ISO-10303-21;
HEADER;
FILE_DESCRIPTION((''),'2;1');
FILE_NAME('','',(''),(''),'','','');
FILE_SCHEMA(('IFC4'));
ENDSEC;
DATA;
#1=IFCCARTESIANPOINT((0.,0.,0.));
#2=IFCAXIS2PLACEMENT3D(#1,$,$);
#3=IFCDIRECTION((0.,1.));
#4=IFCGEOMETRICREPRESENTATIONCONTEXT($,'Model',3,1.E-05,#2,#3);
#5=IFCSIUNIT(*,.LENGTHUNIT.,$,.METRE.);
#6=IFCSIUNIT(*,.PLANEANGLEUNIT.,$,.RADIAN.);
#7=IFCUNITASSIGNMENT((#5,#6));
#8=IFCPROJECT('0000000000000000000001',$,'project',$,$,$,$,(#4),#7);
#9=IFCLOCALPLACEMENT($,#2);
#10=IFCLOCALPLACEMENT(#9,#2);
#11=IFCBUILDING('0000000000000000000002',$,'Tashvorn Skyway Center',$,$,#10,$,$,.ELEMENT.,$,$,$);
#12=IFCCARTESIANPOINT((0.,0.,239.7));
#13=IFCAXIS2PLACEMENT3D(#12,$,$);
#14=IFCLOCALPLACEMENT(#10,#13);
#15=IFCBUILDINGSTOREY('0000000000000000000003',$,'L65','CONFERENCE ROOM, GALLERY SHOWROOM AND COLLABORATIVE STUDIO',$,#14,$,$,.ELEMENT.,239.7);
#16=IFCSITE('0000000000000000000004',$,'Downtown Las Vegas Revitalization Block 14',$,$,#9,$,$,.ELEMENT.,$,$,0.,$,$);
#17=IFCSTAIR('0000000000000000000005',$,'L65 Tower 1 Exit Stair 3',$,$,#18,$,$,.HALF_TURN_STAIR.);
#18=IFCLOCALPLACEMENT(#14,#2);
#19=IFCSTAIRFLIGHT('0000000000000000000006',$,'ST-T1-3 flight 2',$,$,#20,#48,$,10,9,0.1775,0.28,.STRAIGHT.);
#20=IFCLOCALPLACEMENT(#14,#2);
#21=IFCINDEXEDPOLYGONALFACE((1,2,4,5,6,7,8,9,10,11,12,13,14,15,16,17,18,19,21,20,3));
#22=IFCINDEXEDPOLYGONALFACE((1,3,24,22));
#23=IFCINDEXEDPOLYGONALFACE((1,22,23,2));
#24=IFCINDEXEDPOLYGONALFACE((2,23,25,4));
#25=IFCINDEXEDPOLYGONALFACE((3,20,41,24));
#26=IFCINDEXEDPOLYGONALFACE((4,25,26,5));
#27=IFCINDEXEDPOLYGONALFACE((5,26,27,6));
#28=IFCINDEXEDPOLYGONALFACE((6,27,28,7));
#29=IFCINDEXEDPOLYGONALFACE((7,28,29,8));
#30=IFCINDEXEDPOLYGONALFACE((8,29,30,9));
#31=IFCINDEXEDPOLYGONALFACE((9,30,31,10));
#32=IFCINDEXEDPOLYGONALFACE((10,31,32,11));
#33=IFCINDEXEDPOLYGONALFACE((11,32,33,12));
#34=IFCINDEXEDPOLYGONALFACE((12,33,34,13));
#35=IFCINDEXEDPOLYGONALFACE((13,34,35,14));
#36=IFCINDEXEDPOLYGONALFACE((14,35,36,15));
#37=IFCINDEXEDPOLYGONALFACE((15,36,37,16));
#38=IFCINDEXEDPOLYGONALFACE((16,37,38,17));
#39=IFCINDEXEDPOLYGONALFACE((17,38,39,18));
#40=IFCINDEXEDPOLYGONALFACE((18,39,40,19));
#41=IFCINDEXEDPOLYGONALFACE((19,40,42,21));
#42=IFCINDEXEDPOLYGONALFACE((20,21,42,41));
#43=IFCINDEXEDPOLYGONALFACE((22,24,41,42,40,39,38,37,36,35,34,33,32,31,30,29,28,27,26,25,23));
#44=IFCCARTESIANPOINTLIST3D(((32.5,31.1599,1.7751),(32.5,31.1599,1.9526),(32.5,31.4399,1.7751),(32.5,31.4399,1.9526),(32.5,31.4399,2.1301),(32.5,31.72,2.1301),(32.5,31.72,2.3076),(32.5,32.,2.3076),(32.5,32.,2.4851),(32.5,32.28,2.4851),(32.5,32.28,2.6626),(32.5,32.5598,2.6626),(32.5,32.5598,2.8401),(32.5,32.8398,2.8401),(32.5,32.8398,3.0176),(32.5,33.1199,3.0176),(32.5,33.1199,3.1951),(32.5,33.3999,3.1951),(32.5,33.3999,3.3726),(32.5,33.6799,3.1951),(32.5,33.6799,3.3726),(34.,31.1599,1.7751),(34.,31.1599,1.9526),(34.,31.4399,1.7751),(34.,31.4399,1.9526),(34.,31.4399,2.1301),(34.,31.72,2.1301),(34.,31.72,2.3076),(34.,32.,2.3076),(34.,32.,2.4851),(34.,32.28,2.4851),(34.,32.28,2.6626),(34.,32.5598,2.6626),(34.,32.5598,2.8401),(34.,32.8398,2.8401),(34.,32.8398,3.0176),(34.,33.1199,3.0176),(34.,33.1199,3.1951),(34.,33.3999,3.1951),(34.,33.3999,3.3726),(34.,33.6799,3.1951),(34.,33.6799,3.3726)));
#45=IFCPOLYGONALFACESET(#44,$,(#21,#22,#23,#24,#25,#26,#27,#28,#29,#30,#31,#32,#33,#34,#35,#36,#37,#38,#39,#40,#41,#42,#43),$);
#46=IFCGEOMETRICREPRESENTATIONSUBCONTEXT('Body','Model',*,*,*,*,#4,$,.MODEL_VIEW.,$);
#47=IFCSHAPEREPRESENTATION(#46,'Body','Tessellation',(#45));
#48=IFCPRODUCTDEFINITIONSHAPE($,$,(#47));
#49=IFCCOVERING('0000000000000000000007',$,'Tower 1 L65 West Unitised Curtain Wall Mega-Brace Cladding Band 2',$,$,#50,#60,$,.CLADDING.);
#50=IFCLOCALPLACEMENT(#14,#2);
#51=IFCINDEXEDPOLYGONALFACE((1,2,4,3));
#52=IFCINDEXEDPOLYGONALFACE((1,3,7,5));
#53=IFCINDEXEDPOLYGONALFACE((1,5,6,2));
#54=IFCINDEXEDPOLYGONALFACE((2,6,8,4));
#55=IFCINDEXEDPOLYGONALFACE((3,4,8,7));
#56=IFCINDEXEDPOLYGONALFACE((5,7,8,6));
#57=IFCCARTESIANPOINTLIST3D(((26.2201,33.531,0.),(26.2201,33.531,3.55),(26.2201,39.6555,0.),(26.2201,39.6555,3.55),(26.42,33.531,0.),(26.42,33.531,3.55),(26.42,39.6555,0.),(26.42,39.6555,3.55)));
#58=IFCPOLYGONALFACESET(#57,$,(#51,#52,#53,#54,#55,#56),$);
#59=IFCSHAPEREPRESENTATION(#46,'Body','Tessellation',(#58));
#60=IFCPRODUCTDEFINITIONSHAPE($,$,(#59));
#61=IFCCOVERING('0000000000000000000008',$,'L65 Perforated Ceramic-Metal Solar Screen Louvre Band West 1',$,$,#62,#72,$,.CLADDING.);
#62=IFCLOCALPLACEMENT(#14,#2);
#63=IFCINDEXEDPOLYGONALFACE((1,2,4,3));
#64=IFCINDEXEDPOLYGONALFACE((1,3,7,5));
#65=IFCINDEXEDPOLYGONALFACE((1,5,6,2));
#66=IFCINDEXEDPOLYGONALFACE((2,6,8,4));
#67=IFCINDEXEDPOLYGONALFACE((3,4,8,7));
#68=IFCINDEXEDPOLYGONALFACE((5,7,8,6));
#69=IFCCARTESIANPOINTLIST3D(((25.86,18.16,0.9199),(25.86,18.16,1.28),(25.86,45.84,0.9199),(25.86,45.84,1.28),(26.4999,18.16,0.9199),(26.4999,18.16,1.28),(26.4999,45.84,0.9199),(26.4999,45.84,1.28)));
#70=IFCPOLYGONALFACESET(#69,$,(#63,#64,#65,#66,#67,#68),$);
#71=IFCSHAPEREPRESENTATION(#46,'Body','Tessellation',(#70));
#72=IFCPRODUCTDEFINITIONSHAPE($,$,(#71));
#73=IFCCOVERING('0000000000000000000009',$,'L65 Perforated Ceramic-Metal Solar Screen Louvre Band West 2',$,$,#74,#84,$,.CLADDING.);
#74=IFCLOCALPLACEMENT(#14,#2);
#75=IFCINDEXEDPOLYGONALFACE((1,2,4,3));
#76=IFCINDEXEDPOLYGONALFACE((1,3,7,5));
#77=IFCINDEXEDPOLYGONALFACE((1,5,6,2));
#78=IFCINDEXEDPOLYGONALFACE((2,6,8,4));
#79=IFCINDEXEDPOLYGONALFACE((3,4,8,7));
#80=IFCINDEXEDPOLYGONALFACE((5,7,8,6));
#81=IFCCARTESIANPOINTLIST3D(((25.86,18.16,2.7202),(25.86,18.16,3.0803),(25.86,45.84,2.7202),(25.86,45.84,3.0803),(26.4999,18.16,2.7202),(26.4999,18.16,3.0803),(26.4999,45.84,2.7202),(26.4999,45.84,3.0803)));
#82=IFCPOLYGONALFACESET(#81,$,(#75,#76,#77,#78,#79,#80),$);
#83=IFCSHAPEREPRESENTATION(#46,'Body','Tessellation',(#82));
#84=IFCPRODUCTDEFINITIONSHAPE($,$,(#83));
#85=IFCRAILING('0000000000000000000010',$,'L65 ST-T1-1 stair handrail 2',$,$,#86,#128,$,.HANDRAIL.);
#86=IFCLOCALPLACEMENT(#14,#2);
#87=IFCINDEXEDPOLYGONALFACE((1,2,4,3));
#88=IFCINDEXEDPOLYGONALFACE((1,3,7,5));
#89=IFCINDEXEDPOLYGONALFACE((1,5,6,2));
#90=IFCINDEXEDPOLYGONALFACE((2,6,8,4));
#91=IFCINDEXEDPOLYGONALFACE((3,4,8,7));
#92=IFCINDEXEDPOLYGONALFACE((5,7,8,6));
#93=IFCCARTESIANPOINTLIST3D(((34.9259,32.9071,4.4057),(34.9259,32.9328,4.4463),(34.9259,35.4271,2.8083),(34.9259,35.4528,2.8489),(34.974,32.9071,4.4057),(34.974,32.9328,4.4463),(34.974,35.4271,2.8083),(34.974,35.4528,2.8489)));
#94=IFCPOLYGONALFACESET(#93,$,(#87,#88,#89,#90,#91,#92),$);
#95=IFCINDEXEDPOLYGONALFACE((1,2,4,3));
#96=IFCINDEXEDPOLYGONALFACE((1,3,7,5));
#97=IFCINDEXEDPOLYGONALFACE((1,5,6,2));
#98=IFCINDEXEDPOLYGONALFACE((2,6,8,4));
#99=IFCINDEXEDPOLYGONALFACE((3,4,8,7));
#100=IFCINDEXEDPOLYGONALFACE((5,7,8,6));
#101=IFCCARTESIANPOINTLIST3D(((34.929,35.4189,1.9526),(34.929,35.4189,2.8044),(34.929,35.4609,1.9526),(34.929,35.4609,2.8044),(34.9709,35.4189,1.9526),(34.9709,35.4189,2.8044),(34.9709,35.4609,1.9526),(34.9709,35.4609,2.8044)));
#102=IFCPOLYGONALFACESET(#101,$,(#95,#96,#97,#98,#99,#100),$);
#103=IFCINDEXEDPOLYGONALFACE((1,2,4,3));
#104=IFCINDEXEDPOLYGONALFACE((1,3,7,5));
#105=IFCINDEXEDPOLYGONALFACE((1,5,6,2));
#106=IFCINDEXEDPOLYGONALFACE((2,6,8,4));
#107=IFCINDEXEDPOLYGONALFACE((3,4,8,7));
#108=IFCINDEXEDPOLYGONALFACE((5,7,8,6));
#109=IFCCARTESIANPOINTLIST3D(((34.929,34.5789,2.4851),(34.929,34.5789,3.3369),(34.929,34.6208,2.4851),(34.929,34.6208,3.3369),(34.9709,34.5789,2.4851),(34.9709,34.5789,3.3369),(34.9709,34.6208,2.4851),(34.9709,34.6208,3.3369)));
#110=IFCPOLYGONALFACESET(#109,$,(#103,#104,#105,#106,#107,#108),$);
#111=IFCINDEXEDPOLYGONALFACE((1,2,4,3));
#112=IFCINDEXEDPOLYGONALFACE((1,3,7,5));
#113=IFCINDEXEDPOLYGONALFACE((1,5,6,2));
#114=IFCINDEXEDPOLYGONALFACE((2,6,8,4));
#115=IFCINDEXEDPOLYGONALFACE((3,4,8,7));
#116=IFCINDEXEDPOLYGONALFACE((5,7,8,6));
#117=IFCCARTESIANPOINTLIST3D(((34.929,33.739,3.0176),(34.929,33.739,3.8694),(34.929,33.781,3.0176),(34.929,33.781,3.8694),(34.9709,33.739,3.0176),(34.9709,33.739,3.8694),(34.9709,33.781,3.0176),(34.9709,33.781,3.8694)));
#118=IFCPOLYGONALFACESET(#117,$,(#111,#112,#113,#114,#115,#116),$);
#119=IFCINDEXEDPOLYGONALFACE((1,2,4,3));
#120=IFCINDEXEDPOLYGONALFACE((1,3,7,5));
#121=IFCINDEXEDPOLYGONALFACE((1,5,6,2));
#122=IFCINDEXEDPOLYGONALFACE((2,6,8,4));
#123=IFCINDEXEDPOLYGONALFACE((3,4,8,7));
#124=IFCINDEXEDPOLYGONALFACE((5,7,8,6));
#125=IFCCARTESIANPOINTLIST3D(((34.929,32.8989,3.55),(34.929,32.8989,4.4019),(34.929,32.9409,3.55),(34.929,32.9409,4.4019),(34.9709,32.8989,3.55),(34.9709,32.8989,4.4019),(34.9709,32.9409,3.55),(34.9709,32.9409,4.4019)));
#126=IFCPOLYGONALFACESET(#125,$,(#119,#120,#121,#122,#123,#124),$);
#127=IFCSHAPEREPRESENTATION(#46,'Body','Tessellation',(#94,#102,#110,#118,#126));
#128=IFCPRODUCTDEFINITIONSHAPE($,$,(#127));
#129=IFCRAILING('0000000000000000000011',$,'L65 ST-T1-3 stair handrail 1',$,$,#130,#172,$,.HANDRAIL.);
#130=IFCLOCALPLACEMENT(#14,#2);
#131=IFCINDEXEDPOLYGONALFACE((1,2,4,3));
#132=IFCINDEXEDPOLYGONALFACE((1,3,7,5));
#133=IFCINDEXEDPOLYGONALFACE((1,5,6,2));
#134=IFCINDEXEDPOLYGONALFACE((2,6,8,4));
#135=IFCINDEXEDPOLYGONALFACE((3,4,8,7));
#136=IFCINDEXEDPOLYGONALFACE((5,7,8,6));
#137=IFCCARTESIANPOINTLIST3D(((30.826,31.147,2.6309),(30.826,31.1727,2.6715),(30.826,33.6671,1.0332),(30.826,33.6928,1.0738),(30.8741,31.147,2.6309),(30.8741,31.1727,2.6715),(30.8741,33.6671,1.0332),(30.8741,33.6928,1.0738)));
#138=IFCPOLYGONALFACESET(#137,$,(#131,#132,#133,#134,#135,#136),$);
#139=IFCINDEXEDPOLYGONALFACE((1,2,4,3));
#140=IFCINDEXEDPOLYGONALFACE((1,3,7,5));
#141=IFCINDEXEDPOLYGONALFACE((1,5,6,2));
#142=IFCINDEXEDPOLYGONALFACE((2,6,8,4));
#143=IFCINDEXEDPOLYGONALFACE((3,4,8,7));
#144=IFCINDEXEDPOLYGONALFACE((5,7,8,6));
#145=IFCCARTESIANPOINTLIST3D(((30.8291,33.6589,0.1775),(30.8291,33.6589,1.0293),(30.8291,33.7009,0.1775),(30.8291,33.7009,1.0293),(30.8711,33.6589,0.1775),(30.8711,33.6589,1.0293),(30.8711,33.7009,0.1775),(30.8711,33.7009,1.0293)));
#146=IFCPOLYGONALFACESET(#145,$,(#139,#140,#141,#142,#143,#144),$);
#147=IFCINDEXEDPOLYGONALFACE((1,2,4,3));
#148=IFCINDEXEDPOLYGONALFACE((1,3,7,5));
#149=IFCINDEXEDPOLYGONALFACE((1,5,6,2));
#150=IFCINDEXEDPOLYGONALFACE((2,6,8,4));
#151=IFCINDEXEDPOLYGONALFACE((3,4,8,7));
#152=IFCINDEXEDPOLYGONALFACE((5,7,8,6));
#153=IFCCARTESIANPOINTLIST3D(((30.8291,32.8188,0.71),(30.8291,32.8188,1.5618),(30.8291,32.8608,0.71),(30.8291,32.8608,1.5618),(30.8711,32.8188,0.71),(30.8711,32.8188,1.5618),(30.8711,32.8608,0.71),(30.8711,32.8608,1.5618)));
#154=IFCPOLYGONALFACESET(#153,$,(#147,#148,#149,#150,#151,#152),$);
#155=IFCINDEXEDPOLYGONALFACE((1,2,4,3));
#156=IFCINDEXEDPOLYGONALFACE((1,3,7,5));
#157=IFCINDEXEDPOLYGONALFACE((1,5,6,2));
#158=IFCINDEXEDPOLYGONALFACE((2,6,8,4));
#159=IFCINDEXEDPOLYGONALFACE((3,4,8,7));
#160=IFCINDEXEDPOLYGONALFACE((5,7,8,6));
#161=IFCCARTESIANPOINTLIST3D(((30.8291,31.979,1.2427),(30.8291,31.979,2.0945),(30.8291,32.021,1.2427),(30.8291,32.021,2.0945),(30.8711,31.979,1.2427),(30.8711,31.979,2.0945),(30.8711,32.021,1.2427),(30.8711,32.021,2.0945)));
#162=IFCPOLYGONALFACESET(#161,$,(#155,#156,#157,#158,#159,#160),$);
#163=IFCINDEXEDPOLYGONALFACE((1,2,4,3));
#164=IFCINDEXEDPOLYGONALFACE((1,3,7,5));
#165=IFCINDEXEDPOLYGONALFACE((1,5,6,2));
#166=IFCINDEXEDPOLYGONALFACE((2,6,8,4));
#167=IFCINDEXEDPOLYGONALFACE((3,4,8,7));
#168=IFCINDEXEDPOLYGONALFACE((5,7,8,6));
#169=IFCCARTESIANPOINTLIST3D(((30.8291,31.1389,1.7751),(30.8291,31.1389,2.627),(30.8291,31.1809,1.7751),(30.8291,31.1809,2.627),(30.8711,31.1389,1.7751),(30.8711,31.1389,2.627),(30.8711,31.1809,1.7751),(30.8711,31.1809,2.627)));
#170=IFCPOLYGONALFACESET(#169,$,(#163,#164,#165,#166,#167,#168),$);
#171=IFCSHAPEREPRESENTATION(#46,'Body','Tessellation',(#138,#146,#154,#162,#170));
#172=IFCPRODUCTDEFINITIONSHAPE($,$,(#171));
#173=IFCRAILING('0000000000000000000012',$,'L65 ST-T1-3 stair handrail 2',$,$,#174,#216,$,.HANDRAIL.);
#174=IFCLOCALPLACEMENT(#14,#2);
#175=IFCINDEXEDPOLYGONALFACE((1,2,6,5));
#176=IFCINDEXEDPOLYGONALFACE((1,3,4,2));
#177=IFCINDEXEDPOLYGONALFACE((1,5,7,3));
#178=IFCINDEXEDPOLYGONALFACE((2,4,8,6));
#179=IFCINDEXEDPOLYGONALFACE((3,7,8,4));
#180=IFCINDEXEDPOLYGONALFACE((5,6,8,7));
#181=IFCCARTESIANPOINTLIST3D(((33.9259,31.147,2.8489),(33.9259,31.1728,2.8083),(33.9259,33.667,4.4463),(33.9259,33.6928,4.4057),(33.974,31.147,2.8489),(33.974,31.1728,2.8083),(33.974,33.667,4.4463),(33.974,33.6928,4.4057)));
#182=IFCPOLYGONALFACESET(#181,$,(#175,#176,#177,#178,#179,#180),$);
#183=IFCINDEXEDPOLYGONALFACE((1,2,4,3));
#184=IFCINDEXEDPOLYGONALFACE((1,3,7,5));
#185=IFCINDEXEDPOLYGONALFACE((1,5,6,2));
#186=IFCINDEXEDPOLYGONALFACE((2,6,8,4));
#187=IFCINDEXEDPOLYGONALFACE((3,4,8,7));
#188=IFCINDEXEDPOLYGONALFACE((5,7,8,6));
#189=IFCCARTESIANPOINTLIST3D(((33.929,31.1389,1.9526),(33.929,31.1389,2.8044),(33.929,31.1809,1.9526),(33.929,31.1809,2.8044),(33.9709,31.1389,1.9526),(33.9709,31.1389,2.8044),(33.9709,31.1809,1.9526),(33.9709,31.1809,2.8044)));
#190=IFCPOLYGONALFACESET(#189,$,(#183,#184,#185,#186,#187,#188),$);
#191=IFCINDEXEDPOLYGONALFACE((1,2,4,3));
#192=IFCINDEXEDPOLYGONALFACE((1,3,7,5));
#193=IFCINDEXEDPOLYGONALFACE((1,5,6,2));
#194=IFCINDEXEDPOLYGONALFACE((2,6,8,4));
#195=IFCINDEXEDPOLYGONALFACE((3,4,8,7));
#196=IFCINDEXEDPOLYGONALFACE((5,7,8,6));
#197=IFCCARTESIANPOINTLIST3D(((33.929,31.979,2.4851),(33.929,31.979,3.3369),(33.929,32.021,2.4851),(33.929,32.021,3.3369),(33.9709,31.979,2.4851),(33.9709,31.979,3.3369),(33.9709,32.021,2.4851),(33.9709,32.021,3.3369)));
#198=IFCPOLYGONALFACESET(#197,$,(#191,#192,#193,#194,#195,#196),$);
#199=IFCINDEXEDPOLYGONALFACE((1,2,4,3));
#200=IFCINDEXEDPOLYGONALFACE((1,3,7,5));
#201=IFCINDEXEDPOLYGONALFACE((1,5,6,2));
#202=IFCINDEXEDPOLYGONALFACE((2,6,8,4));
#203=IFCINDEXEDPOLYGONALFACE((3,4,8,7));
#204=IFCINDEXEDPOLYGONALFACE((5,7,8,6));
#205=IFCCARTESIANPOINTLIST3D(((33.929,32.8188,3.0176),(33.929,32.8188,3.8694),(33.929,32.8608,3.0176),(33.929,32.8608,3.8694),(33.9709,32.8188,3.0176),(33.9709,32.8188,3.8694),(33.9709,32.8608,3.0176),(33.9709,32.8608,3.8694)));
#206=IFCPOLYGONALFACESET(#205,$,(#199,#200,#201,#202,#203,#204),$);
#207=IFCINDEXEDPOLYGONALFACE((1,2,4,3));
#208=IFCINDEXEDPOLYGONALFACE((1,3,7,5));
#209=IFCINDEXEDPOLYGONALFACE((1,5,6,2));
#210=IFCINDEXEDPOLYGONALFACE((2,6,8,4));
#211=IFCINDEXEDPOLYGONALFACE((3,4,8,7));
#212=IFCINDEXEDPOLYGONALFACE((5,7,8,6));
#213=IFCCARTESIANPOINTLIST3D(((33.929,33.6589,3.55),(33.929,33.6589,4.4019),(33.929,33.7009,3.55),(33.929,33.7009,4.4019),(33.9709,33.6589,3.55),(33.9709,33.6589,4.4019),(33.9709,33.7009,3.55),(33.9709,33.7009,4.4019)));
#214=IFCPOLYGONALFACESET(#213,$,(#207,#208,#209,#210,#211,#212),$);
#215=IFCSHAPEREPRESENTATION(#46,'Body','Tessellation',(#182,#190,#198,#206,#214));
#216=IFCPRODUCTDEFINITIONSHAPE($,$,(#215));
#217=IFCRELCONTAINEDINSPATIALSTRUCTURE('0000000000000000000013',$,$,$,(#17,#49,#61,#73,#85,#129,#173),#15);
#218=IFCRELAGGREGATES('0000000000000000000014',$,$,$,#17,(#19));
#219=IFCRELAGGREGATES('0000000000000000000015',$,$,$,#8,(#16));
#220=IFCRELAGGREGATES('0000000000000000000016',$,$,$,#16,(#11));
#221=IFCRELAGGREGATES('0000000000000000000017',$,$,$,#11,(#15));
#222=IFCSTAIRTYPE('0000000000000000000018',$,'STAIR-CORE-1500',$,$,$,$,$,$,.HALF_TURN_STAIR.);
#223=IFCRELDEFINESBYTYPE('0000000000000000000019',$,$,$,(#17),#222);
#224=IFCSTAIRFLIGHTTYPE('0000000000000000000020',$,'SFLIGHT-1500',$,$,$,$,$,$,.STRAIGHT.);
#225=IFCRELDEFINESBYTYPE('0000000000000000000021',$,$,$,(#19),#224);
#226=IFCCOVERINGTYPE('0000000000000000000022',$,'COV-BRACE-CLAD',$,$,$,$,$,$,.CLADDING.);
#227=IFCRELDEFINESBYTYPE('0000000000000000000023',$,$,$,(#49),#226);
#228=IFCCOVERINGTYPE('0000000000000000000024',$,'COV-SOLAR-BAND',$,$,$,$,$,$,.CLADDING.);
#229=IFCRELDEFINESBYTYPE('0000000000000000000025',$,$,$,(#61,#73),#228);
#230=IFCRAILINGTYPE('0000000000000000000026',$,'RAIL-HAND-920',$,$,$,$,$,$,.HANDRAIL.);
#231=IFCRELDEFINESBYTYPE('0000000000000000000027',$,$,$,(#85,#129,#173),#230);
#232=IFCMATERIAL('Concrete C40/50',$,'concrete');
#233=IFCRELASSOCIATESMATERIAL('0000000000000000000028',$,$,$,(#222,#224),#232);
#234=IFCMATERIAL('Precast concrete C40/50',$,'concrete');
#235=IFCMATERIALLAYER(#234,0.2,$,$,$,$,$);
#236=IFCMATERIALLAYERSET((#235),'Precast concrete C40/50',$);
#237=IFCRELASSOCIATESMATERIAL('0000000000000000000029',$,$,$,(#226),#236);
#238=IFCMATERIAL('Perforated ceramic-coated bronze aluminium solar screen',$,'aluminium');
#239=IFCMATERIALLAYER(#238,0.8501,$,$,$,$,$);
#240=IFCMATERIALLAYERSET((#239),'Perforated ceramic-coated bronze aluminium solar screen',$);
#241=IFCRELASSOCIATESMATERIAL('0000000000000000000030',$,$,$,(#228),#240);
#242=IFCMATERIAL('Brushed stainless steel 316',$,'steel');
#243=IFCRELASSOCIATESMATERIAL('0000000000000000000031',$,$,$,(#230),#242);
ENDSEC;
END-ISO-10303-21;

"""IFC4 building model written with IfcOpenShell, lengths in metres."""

from ifc_helpers import new_model, si_unit, direction, frame, origin, origin_2d, place, context, subcontext, project, spatial, polyline, rectangle, outline, extrude, material, layer, layer_set, type_object, element, aggregate, save


model = new_model("IFC4")

# Units and contexts
model_context = context("Model", 3, precision=1e-05, world=origin(), true_north=direction((0.0, 1.0)))
body_context = subcontext(model_context, "Body", "Model", "MODEL_VIEW")
ifc_project = project(units=[si_unit("LENGTHUNIT", "METRE"), si_unit("PLANEANGLEUNIT", "RADIAN")], contexts=[model_context])

# Site, building, storey
site_placement = place(None, origin())
site = spatial("IfcSite", under=ifc_project, at=site_placement, Name="Downtown Las Vegas Revitalization Block 14", CompositionType="ELEMENT", RefElevation=0.0)
building_placement = place(site_placement, origin())
building = spatial("IfcBuilding", under=site, at=building_placement, Name="Tashvorn Skyway Center", CompositionType="ELEMENT")
storey_placement = place(building_placement, frame((0.0, 0.0, 239.7)))
storey = spatial("IfcBuildingStorey", under=building, at=storey_placement, Name="L65", Description="CONFERENCE ROOM, GALLERY SHOWROOM AND COLLABORATIVE STUDIO", CompositionType="ELEMENT", Elevation=239.7)

# Shared definitions
ifc_material_1 = material(Name="Concrete C40/50", Category="concrete")

# Shared definitions
stair_type = type_object("IfcStairType", Name="STAIR-CORE-1500", PredefinedType="HALF_TURN_STAIR", material=ifc_material_1)
stair_flight_type = type_object("IfcStairFlightType", Name="SFLIGHT-1500", PredefinedType="STRAIGHT", material=ifc_material_1)

# Stair, stair flight
stair_1_placement = place(storey_placement, origin())
stair_1 = element("IfcStair", 1, at=stair_1_placement, inside=storey, type_object=stair_type, Name="L65 Tower 1 Exit Stair 3", PredefinedType="HALF_TURN_STAIR")
stair_flight_1_placement = place(storey_placement, frame((33.25, 31.1599, 1.7751), z_axis=(0.0, 0.0, 1.0), x_axis=(0.0, 1.0, 0.0)))
stair_flight_1 = element("IfcStairFlight", 2, at=stair_flight_1_placement, type_object=stair_flight_type, Name="ST-T1-3 flight 2", NumberOfRisers=10, NumberOfTreads=9, PredefinedType="STRAIGHT", RiserHeight=0.1775, TreadLength=0.28, context=body_context, shape_type="SweptSolid", body=[
    extrude(outline(polyline([(0.0, 0.0), (0.0, 0.1775), (0.28, 0.1775), (0.28, 0.355), (0.5601, 0.355), (0.5601, 0.5325), (0.8401, 0.5325), (0.8401, 0.71), (1.1201, 0.71), (1.1201, 0.8875), (1.3999, 0.8875), (1.3999, 1.0649), (1.6799, 1.0649), (1.6799, 1.2424), (1.96, 1.2424), (1.96, 1.4199), (2.24, 1.4199), (2.24, 1.5974), (2.52, 1.5974), (2.52, 1.7749), (2.52, 1.4199), (0.28, 0.0), (0.0, 0.0)])), frame((0.0, 0.75, 0.0), z_axis=(0.0, -1.0, 0.0), x_axis=(1.0, 0.0, 0.0)), (0.0, 0.0, 1.0), 1.5),
])
aggregate(stair_1, [stair_flight_1])

# Coverings
ifc_material_2 = material(Name="Precast concrete C40/50", Category="concrete")
ifc_layer_1 = layer(ifc_material_2, 0.2)
ifc_layer_set_1 = layer_set([ifc_layer_1], Name="Precast concrete C40/50")
covering_type_1 = type_object("IfcCoveringType", Name="COV-BRACE-CLAD", PredefinedType="CLADDING", material=ifc_layer_set_1)
covering_placement = place(storey_placement, frame((26.3201, 36.5933, 0.0), z_axis=(0.0, 0.0, 1.0), x_axis=(0.0, 1.0, 0.0)))
element("IfcCovering", 3, at=covering_placement, inside=storey, type_object=covering_type_1, Name="Tower 1 L65 West Unitised Curtain Wall Mega-Brace Cladding Band 2", PredefinedType="CLADDING", context=body_context, shape_type="SweptSolid", body=[
    extrude(rectangle(XDim=6.1245, YDim=0.2, at=origin_2d()), origin(), (0.0, 0.0, 1.0), 3.55),
])
ifc_material_3 = material(Name="Perforated ceramic-coated bronze aluminium solar screen", Category="aluminium")
ifc_layer_2 = layer(ifc_material_3, 0.8501)
ifc_layer_set_2 = layer_set([ifc_layer_2], Name="Perforated ceramic-coated bronze aluminium solar screen")
covering_type_2 = type_object("IfcCoveringType", Name="COV-SOLAR-BAND", PredefinedType="CLADDING", material=ifc_layer_set_2)
for number, where, z_axis, x_axis, name in (
    (4, (26.1799, 32.0, 0.9199), (0.0, 0.0, 1.0), (0.0, 1.0, 0.0), "L65 Perforated Ceramic-Metal Solar Screen Louvre Band West 1"),
    (5, (26.1799, 32.0, 2.7202), (0.0, 0.0, 1.0), (0.0, 1.0, 0.0), "L65 Perforated Ceramic-Metal Solar Screen Louvre Band West 2"),
):
    element("IfcCovering", number, at=place(storey_placement, frame(where, z_axis=z_axis, x_axis=x_axis)), inside=storey, type_object=covering_type_2, Name=name, PredefinedType="CLADDING", context=body_context, shape_type="SweptSolid", body=[
        extrude(rectangle(XDim=27.6799, YDim=0.6399, at=origin_2d()), origin(), (0.0, 0.0, 1.0), 0.3601),
    ])

# Railings
ifc_material_4 = material(Name="Brushed stainless steel 316", Category="steel")
railing_type_1 = type_object("IfcRailingType", Name="RAIL-HAND-920", PredefinedType="HANDRAIL", material=ifc_material_4)
railing_1_placement = place(storey_placement, frame((34.95, 35.4399, 1.9526)))
element("IfcRailing", 6, at=railing_1_placement, inside=storey, type_object=railing_type_1, Name="L65 ST-T1-1 stair handrail 2", PredefinedType="HANDRAIL", context=body_context, shape_type="SweptSolid", body=[
    extrude(rectangle(XDim=0.0481, YDim=0.0481, at=origin_2d()), frame((0.0, 0.0, 0.876), z_axis=(0.0, -0.844607, 0.535387), x_axis=(1.0, 0.0, 0.0)), (0.0, 0.0, 1.0), 2.9836),
    extrude(rectangle(XDim=0.042, YDim=0.042, at=origin_2d()), origin(), (0.0, 0.0, 1.0), 0.8518),
    extrude(rectangle(XDim=0.042, YDim=0.042, at=origin_2d()), frame((0.0, -0.8401, 0.5325)), (0.0, 0.0, 1.0), 0.8518),
    extrude(rectangle(XDim=0.042, YDim=0.042, at=origin_2d()), frame((0.0, -1.6799, 1.0649)), (0.0, 0.0, 1.0), 0.8518),
    extrude(rectangle(XDim=0.042, YDim=0.042, at=origin_2d()), frame((0.0, -2.52, 1.5974)), (0.0, 0.0, 1.0), 0.8518),
])
railing_2_placement = place(storey_placement, frame((30.8501, 33.6799, 0.1775)))
element("IfcRailing", 7, at=railing_2_placement, inside=storey, type_object=railing_type_1, Name="L65 ST-T1-3 stair handrail 1", PredefinedType="HANDRAIL", context=body_context, shape_type="SweptSolid", body=[
    extrude(rectangle(XDim=0.0481, YDim=0.0481, at=origin_2d()), frame((0.0, 0.0, 0.876), z_axis=(0.0, -0.84457, 0.535445), x_axis=(1.0, 0.0, 0.0)), (0.0, 0.0, 1.0), 2.9839),
    extrude(rectangle(XDim=0.042, YDim=0.042, at=origin_2d()), origin(), (0.0, 0.0, 1.0), 0.8518),
    extrude(rectangle(XDim=0.042, YDim=0.042, at=origin_2d()), frame((0.0, -0.8401, 0.5325)), (0.0, 0.0, 1.0), 0.8518),
    extrude(rectangle(XDim=0.042, YDim=0.042, at=origin_2d()), frame((0.0, -1.6799, 1.0652)), (0.0, 0.0, 1.0), 0.8518),
    extrude(rectangle(XDim=0.042, YDim=0.042, at=origin_2d()), frame((0.0, -2.52, 1.5977)), (0.0, 0.0, 1.0), 0.8518),
])
railing_3_placement = place(storey_placement, frame((33.95, 31.1599, 1.9526)))
element("IfcRailing", 8, at=railing_3_placement, inside=storey, type_object=railing_type_1, Name="L65 ST-T1-3 stair handrail 2", PredefinedType="HANDRAIL", context=body_context, shape_type="SweptSolid", body=[
    extrude(rectangle(XDim=0.0481, YDim=0.0481, at=origin_2d()), frame((0.0, 0.0, 0.876), z_axis=(0.0, 0.844607, 0.535387), x_axis=(-1.0, 0.0, 0.0)), (0.0, 0.0, 1.0), 2.9836),
    extrude(rectangle(XDim=0.042, YDim=0.042, at=origin_2d()), origin(), (0.0, 0.0, 1.0), 0.8518),
    extrude(rectangle(XDim=0.042, YDim=0.042, at=origin_2d()), frame((0.0, 0.8401, 0.5325)), (0.0, 0.0, 1.0), 0.8518),
    extrude(rectangle(XDim=0.042, YDim=0.042, at=origin_2d()), frame((0.0, 1.6799, 1.0649)), (0.0, 0.0, 1.0), 0.8518),
    extrude(rectangle(XDim=0.042, YDim=0.042, at=origin_2d()), frame((0.0, 2.52, 1.5974)), (0.0, 0.0, 1.0), 0.8518),
])

save(model, "model.ifc")
